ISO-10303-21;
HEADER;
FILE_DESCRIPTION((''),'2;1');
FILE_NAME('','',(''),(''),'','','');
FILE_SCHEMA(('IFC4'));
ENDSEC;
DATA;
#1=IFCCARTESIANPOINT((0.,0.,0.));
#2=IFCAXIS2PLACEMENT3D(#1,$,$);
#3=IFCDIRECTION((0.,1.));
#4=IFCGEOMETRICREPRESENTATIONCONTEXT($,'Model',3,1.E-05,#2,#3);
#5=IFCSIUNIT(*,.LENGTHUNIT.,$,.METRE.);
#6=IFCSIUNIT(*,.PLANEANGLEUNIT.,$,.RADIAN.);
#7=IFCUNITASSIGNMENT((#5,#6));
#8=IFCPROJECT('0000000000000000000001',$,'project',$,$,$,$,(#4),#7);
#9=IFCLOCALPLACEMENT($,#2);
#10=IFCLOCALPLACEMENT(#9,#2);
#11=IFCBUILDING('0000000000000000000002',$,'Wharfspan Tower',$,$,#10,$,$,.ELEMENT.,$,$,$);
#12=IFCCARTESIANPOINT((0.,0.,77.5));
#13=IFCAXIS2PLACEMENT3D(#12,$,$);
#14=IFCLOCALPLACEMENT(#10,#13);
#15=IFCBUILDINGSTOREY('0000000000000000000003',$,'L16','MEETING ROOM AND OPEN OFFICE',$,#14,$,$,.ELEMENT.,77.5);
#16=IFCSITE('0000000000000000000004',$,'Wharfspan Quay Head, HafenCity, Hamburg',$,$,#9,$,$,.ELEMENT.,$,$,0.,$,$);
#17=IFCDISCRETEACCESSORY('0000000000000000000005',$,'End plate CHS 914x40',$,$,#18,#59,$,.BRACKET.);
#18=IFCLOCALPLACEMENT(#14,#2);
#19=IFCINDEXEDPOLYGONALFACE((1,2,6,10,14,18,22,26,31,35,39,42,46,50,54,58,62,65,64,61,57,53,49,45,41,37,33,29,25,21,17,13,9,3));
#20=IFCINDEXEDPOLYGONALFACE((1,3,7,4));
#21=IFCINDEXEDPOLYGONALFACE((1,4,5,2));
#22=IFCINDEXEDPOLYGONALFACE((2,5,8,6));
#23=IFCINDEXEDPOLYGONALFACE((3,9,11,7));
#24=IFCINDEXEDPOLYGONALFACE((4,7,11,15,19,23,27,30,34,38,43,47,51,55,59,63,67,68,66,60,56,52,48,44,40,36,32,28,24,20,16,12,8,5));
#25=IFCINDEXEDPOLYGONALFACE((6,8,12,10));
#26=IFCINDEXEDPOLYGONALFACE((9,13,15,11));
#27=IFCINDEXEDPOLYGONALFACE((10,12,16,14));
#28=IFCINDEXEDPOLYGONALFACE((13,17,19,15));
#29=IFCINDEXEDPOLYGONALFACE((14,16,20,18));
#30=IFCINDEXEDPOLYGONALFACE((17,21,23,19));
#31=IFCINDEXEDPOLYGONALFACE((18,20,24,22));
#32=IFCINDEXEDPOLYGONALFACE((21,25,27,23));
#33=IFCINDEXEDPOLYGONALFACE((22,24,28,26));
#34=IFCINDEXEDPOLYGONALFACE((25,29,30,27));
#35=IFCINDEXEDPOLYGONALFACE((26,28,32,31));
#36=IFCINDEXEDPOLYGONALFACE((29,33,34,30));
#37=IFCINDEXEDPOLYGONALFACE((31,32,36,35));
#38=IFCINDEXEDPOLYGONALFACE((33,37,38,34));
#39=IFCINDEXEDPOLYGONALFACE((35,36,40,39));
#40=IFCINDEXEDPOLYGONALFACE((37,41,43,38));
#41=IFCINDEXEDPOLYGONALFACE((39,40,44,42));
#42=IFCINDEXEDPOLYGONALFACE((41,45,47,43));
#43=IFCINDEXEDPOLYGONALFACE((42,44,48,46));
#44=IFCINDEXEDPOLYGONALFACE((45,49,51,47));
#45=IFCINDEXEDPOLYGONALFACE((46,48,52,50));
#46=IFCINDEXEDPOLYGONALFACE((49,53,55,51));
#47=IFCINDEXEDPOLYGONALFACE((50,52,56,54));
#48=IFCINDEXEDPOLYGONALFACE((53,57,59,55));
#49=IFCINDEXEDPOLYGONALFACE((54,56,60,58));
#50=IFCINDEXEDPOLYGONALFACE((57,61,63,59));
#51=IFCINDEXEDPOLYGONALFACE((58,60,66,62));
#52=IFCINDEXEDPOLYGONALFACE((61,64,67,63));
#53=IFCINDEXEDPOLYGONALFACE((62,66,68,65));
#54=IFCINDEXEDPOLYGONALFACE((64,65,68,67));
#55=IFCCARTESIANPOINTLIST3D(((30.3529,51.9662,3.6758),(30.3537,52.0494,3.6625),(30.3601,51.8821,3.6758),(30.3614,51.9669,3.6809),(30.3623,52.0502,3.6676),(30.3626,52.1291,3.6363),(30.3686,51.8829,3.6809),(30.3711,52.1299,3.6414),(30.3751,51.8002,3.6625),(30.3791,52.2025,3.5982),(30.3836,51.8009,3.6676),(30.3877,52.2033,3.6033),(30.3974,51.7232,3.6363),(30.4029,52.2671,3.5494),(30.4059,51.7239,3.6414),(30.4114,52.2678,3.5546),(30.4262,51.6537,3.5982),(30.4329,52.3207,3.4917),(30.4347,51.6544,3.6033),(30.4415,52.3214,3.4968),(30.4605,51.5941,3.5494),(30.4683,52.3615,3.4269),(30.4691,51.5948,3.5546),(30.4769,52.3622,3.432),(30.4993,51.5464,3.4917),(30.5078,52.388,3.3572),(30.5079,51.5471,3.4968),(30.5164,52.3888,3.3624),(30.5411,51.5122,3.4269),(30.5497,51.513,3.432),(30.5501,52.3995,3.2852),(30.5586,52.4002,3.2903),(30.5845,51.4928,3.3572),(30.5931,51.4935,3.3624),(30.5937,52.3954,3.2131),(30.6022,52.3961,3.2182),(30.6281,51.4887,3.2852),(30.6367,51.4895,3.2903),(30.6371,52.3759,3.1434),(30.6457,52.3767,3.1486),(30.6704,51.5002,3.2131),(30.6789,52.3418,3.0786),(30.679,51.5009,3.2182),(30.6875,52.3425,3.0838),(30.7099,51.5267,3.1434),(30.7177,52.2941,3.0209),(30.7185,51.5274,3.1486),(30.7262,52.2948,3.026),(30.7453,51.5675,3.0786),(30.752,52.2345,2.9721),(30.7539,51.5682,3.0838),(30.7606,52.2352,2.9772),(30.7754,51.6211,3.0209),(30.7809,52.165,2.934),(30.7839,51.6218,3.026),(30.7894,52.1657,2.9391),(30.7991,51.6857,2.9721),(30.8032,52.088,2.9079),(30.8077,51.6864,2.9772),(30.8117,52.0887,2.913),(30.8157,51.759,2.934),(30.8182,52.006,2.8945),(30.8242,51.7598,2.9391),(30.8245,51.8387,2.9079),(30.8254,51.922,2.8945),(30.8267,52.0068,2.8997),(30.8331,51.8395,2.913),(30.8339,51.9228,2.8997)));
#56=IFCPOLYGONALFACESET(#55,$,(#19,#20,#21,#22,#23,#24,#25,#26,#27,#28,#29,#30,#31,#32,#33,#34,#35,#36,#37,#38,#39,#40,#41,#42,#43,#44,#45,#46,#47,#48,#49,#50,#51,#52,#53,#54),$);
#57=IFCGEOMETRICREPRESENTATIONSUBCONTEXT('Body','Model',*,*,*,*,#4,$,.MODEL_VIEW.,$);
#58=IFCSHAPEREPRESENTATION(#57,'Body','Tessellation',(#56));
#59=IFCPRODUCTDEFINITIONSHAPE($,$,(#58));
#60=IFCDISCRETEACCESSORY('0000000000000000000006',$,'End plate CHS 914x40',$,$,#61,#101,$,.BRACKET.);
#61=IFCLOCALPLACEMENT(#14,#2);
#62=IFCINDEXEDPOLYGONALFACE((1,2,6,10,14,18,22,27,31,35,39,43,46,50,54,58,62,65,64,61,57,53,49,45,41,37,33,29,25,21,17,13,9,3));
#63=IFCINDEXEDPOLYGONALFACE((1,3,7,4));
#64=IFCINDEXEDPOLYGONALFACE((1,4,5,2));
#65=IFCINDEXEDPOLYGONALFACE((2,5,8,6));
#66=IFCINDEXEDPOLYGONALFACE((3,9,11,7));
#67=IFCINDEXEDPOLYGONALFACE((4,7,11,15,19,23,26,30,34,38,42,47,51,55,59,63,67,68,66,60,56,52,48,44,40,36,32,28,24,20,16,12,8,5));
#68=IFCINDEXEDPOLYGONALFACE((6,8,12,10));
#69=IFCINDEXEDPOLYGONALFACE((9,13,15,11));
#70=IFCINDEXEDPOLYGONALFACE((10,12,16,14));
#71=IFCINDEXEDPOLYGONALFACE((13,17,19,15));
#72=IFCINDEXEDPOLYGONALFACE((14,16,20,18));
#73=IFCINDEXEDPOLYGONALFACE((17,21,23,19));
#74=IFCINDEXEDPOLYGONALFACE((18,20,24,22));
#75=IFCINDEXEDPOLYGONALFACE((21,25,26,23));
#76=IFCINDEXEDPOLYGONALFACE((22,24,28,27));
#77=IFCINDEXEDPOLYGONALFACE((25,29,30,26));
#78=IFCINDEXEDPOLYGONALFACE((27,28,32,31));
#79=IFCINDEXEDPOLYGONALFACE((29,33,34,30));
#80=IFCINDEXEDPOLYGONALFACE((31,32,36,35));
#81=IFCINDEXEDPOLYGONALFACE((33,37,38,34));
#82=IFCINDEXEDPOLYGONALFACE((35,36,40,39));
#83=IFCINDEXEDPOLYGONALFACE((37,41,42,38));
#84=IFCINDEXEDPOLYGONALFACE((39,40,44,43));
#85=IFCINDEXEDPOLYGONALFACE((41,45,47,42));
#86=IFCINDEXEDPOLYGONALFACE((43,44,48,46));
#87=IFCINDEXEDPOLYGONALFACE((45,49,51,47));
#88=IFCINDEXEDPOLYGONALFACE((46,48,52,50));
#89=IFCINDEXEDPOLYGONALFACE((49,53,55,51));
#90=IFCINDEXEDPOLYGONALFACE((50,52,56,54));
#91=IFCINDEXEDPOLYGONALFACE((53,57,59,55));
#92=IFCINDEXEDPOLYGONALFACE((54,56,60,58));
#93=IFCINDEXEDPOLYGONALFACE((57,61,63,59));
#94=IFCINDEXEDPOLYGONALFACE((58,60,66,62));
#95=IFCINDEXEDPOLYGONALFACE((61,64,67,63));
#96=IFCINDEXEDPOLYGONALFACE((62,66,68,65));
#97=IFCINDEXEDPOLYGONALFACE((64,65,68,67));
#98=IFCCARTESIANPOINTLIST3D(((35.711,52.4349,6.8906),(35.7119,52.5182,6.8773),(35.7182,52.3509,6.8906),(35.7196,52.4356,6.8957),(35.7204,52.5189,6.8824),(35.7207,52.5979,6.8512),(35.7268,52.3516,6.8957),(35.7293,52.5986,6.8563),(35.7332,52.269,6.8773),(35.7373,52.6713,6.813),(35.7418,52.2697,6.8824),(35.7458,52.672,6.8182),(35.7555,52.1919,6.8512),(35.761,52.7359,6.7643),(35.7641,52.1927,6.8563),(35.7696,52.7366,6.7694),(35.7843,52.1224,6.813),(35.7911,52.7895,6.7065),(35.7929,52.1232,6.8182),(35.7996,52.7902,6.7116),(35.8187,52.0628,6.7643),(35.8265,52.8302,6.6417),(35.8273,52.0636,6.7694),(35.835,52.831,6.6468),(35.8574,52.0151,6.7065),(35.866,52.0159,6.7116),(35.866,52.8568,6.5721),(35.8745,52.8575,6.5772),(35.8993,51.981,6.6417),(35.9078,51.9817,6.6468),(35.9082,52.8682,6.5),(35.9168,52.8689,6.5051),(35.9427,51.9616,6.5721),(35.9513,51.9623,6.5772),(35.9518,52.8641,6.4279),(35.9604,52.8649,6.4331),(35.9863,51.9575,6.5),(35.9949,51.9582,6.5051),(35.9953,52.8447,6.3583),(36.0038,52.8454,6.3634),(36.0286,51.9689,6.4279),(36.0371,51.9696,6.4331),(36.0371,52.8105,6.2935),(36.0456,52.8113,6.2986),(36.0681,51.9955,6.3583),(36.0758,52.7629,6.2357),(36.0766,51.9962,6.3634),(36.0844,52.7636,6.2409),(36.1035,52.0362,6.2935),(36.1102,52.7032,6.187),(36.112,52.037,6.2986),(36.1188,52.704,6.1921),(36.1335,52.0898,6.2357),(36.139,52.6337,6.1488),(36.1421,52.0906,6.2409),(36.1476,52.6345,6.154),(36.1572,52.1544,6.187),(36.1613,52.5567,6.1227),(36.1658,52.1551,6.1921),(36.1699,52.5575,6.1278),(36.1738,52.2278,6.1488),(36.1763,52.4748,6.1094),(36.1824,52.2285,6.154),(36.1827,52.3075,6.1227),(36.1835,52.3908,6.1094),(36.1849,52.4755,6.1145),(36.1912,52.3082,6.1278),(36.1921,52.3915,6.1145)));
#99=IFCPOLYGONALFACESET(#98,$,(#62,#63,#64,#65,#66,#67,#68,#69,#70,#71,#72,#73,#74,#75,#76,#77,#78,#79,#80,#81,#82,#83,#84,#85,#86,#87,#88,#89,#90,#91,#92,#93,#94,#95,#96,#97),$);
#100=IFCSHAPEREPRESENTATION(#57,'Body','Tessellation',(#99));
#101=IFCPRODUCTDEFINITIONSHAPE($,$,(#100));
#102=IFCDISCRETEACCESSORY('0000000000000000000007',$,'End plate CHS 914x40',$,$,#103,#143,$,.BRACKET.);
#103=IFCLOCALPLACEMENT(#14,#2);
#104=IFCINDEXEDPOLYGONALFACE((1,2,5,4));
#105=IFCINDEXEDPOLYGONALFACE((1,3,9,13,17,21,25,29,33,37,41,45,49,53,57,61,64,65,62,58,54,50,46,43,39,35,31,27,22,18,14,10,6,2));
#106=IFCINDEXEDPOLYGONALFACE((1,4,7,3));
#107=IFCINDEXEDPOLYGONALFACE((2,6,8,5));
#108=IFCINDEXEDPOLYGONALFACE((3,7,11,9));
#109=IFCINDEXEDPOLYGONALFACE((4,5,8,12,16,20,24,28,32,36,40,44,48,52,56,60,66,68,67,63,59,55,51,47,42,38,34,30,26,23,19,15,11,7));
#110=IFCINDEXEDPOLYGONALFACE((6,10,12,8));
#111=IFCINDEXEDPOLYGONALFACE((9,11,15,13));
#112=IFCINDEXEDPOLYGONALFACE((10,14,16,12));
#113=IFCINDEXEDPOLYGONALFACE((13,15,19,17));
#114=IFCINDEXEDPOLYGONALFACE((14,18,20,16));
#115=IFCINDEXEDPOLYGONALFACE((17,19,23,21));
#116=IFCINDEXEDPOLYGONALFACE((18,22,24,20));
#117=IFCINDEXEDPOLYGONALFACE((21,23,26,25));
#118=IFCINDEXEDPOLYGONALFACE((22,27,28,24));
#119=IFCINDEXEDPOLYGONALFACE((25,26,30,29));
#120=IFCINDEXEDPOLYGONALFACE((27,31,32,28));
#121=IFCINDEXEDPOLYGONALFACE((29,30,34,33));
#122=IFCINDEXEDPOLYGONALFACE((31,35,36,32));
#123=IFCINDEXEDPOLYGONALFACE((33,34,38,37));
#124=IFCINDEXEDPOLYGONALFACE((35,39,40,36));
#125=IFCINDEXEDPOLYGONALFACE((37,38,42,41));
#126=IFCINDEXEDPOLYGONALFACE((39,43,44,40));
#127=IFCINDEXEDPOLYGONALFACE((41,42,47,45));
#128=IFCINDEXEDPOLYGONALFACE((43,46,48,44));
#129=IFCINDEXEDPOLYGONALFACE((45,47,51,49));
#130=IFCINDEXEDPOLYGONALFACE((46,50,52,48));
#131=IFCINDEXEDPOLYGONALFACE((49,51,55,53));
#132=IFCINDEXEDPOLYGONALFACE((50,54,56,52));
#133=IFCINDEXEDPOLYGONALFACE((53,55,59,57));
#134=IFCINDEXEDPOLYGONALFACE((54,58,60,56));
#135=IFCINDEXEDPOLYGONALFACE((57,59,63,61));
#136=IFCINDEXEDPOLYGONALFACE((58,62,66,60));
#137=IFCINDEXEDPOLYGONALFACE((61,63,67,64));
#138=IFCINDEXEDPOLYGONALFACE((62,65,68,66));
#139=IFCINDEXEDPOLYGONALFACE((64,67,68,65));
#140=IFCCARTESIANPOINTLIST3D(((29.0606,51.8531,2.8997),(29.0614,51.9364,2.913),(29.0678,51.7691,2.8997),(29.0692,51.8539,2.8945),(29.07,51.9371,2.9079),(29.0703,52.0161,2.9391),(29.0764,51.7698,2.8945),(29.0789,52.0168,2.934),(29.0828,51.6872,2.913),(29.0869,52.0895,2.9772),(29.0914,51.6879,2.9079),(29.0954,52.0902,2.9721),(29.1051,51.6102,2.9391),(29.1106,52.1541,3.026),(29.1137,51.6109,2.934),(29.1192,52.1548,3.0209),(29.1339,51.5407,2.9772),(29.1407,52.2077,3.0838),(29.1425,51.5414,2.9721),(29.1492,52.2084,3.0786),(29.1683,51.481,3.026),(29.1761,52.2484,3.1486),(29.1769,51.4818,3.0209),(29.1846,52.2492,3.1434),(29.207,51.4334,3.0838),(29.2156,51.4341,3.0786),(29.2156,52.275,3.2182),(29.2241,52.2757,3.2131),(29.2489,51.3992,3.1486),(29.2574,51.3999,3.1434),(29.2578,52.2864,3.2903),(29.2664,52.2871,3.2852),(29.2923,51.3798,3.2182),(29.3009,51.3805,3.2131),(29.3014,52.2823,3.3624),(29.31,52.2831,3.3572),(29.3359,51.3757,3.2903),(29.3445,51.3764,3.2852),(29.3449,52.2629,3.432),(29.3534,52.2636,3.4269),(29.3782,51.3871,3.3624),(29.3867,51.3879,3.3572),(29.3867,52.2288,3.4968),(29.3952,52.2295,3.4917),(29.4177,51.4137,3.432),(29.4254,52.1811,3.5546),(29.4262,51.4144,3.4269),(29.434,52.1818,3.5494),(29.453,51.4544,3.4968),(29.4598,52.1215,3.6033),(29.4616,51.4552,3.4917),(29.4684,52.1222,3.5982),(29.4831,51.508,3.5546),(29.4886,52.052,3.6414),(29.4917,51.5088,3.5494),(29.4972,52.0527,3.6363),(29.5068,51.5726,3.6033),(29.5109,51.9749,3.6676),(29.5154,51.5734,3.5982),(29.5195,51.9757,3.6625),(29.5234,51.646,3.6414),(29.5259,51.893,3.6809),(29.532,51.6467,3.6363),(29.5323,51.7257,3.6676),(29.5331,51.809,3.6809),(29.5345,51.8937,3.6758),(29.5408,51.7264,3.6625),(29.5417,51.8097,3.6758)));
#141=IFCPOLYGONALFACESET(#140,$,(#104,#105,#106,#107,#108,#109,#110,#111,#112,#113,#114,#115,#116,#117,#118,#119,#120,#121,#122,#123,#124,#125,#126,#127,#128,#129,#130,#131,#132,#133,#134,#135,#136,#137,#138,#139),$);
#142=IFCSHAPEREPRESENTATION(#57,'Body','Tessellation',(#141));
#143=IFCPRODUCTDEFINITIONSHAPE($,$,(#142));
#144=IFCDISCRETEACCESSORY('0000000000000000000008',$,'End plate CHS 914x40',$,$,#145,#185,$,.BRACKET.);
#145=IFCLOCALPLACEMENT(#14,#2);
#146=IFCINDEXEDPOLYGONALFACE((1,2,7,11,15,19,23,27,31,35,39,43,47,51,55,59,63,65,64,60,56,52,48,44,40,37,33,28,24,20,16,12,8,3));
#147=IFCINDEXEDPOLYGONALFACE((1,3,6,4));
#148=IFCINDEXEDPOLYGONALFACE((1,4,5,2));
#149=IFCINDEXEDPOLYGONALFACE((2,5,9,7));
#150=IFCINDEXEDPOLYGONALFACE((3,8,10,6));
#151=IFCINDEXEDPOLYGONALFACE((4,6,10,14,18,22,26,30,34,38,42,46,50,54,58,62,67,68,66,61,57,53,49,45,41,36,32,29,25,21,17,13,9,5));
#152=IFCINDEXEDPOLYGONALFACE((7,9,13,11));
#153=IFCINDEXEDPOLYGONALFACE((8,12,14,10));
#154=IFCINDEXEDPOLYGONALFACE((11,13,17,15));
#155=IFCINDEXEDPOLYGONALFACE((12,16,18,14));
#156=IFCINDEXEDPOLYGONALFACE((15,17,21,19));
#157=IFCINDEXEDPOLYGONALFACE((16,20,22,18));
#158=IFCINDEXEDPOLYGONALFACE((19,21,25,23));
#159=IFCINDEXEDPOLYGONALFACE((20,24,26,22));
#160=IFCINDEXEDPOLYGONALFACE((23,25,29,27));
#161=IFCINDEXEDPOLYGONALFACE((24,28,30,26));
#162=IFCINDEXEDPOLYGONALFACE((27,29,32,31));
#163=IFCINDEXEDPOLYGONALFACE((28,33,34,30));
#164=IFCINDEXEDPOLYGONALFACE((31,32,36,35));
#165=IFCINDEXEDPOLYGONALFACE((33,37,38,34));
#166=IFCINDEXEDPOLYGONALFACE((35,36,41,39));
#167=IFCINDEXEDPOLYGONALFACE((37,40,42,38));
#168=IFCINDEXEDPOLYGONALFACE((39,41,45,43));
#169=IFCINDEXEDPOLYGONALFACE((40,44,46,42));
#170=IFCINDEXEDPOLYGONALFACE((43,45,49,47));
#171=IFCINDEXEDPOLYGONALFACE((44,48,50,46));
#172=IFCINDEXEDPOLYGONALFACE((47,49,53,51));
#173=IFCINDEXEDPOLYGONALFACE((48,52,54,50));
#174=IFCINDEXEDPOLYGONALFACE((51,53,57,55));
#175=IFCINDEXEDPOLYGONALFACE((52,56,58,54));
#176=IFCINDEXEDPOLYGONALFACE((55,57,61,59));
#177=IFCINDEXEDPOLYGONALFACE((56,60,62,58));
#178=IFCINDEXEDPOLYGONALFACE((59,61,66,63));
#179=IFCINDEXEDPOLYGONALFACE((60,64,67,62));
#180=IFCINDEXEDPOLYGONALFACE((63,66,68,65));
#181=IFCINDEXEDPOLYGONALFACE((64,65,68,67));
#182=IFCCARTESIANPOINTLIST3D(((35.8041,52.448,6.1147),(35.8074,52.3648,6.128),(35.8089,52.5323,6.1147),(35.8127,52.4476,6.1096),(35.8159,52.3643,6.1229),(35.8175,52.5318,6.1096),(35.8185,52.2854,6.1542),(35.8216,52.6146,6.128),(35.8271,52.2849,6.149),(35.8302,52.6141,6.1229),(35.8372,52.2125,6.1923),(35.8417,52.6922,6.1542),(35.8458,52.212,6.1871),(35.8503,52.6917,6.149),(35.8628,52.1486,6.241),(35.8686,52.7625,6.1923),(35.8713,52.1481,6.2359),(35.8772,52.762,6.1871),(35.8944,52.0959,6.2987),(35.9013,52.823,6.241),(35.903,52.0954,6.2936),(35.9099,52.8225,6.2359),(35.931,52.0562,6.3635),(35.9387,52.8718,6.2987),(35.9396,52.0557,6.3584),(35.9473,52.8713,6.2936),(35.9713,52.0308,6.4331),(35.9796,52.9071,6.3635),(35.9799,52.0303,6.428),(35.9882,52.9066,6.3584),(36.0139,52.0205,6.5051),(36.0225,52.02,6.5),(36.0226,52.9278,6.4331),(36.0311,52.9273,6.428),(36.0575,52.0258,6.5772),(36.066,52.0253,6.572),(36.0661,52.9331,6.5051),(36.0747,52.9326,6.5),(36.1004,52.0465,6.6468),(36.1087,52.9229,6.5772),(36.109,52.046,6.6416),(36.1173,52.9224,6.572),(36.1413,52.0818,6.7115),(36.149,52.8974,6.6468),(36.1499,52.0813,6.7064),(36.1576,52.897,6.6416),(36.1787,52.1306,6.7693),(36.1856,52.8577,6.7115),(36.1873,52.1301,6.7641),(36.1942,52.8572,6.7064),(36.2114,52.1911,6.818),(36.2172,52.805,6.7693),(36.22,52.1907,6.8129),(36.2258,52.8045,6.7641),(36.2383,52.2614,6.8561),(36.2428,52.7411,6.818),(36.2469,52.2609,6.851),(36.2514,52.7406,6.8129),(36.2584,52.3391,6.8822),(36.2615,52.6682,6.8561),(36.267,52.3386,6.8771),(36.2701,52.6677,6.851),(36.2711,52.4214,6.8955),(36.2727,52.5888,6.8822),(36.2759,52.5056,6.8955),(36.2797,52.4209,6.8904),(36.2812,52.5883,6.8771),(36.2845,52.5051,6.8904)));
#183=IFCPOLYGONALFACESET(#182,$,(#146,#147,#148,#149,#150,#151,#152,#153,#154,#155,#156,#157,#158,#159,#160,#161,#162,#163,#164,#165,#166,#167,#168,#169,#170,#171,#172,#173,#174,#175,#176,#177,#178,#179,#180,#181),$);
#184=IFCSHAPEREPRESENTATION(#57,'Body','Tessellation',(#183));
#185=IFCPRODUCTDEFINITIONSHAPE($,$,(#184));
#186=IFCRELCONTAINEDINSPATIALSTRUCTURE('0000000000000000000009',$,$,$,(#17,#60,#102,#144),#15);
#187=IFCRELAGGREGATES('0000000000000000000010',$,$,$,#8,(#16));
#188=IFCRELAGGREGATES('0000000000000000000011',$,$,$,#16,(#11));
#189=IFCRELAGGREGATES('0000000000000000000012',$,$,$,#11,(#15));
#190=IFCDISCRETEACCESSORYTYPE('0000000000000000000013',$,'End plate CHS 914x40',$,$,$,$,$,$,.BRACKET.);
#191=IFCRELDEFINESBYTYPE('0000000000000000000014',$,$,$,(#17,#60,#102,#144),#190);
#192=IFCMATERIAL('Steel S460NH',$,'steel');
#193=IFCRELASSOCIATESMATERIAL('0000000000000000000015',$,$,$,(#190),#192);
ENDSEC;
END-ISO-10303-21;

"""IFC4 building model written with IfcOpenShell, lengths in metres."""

from ifc_helpers import new_model, si_unit, direction, frame, origin, origin_2d, place, context, subcontext, project, spatial, circle, extrude, material, material_profile, profile_set, type_object, element, save


model = new_model("IFC4")

# Units and contexts
model_context = context("Model", 3, precision=1e-05, world=origin(), true_north=direction((0.0, 1.0)))
body_context = subcontext(model_context, "Body", "Model", "MODEL_VIEW")
ifc_project = project(units=[si_unit("LENGTHUNIT", "METRE"), si_unit("PLANEANGLEUNIT", "RADIAN")], contexts=[model_context])

# Site, building, storey
site_placement = place(None, origin())
site = spatial("IfcSite", under=ifc_project, at=site_placement, Name="Wharfspan Quay Head, HafenCity, Hamburg", CompositionType="ELEMENT", RefElevation=0.0)
building_placement = place(site_placement, origin())
building = spatial("IfcBuilding", under=site, at=building_placement, Name="Wharfspan Tower", CompositionType="ELEMENT")
storey_placement = place(building_placement, frame((0.0, 0.0, 77.5)))
storey = spatial("IfcBuildingStorey", under=building, at=storey_placement, Name="L16", Description="MEETING ROOM AND OPEN OFFICE", CompositionType="ELEMENT", Elevation=77.5)

# Shared definitions
ifc_material_1 = material(Name="Steel S460NH", Category="steel")

# Discrete accessories
ifc_material_profile_1 = material_profile(ifc_material_1, circle(Radius=0.457, at=origin_2d()))
ifc_profile_set_1 = profile_set([ifc_material_profile_1], Name="Steel S460NH")
discrete_accessory_type = type_object("IfcDiscreteAccessoryType", Name="End plate CHS 914x40", PredefinedType="BRACKET", material=ifc_profile_set_1)
for number, where, z_axis, x_axis, name in (
    (1, (30.5891, 51.9441, 3.2852), (0.855186, 0.073302, 0.513112), (-0.085402, 0.996345, 0.000001), "End plate CHS 914x40"),
    (2, (35.9473, 52.4128, 6.5), (0.855186, 0.073302, 0.513112), (-0.085402, 0.996345, 0.000001), "End plate CHS 914x40"),
    (3, (29.3054, 51.8318, 3.2852), (-0.855186, -0.073302, 0.513112), (0.085402, -0.996345, 0.000001), "End plate CHS 914x40"),
    (4, (36.0486, 52.4763, 6.5), (-0.856465, 0.048941, 0.513879), (-0.05705, -0.998372, 0.0), "End plate CHS 914x40"),
):
    element("IfcDiscreteAccessory", number, at=place(storey_placement, frame(where, z_axis=z_axis, x_axis=x_axis)), inside=storey, type_object=discrete_accessory_type, Name=name, PredefinedType="BRACKET", context=body_context, shape_type="SweptSolid", body=[
        extrude(circle(Radius=0.457, at=origin_2d()), origin(), (0.0, 0.0, 1.0), 0.01),
    ])

save(model, "model.ifc")
